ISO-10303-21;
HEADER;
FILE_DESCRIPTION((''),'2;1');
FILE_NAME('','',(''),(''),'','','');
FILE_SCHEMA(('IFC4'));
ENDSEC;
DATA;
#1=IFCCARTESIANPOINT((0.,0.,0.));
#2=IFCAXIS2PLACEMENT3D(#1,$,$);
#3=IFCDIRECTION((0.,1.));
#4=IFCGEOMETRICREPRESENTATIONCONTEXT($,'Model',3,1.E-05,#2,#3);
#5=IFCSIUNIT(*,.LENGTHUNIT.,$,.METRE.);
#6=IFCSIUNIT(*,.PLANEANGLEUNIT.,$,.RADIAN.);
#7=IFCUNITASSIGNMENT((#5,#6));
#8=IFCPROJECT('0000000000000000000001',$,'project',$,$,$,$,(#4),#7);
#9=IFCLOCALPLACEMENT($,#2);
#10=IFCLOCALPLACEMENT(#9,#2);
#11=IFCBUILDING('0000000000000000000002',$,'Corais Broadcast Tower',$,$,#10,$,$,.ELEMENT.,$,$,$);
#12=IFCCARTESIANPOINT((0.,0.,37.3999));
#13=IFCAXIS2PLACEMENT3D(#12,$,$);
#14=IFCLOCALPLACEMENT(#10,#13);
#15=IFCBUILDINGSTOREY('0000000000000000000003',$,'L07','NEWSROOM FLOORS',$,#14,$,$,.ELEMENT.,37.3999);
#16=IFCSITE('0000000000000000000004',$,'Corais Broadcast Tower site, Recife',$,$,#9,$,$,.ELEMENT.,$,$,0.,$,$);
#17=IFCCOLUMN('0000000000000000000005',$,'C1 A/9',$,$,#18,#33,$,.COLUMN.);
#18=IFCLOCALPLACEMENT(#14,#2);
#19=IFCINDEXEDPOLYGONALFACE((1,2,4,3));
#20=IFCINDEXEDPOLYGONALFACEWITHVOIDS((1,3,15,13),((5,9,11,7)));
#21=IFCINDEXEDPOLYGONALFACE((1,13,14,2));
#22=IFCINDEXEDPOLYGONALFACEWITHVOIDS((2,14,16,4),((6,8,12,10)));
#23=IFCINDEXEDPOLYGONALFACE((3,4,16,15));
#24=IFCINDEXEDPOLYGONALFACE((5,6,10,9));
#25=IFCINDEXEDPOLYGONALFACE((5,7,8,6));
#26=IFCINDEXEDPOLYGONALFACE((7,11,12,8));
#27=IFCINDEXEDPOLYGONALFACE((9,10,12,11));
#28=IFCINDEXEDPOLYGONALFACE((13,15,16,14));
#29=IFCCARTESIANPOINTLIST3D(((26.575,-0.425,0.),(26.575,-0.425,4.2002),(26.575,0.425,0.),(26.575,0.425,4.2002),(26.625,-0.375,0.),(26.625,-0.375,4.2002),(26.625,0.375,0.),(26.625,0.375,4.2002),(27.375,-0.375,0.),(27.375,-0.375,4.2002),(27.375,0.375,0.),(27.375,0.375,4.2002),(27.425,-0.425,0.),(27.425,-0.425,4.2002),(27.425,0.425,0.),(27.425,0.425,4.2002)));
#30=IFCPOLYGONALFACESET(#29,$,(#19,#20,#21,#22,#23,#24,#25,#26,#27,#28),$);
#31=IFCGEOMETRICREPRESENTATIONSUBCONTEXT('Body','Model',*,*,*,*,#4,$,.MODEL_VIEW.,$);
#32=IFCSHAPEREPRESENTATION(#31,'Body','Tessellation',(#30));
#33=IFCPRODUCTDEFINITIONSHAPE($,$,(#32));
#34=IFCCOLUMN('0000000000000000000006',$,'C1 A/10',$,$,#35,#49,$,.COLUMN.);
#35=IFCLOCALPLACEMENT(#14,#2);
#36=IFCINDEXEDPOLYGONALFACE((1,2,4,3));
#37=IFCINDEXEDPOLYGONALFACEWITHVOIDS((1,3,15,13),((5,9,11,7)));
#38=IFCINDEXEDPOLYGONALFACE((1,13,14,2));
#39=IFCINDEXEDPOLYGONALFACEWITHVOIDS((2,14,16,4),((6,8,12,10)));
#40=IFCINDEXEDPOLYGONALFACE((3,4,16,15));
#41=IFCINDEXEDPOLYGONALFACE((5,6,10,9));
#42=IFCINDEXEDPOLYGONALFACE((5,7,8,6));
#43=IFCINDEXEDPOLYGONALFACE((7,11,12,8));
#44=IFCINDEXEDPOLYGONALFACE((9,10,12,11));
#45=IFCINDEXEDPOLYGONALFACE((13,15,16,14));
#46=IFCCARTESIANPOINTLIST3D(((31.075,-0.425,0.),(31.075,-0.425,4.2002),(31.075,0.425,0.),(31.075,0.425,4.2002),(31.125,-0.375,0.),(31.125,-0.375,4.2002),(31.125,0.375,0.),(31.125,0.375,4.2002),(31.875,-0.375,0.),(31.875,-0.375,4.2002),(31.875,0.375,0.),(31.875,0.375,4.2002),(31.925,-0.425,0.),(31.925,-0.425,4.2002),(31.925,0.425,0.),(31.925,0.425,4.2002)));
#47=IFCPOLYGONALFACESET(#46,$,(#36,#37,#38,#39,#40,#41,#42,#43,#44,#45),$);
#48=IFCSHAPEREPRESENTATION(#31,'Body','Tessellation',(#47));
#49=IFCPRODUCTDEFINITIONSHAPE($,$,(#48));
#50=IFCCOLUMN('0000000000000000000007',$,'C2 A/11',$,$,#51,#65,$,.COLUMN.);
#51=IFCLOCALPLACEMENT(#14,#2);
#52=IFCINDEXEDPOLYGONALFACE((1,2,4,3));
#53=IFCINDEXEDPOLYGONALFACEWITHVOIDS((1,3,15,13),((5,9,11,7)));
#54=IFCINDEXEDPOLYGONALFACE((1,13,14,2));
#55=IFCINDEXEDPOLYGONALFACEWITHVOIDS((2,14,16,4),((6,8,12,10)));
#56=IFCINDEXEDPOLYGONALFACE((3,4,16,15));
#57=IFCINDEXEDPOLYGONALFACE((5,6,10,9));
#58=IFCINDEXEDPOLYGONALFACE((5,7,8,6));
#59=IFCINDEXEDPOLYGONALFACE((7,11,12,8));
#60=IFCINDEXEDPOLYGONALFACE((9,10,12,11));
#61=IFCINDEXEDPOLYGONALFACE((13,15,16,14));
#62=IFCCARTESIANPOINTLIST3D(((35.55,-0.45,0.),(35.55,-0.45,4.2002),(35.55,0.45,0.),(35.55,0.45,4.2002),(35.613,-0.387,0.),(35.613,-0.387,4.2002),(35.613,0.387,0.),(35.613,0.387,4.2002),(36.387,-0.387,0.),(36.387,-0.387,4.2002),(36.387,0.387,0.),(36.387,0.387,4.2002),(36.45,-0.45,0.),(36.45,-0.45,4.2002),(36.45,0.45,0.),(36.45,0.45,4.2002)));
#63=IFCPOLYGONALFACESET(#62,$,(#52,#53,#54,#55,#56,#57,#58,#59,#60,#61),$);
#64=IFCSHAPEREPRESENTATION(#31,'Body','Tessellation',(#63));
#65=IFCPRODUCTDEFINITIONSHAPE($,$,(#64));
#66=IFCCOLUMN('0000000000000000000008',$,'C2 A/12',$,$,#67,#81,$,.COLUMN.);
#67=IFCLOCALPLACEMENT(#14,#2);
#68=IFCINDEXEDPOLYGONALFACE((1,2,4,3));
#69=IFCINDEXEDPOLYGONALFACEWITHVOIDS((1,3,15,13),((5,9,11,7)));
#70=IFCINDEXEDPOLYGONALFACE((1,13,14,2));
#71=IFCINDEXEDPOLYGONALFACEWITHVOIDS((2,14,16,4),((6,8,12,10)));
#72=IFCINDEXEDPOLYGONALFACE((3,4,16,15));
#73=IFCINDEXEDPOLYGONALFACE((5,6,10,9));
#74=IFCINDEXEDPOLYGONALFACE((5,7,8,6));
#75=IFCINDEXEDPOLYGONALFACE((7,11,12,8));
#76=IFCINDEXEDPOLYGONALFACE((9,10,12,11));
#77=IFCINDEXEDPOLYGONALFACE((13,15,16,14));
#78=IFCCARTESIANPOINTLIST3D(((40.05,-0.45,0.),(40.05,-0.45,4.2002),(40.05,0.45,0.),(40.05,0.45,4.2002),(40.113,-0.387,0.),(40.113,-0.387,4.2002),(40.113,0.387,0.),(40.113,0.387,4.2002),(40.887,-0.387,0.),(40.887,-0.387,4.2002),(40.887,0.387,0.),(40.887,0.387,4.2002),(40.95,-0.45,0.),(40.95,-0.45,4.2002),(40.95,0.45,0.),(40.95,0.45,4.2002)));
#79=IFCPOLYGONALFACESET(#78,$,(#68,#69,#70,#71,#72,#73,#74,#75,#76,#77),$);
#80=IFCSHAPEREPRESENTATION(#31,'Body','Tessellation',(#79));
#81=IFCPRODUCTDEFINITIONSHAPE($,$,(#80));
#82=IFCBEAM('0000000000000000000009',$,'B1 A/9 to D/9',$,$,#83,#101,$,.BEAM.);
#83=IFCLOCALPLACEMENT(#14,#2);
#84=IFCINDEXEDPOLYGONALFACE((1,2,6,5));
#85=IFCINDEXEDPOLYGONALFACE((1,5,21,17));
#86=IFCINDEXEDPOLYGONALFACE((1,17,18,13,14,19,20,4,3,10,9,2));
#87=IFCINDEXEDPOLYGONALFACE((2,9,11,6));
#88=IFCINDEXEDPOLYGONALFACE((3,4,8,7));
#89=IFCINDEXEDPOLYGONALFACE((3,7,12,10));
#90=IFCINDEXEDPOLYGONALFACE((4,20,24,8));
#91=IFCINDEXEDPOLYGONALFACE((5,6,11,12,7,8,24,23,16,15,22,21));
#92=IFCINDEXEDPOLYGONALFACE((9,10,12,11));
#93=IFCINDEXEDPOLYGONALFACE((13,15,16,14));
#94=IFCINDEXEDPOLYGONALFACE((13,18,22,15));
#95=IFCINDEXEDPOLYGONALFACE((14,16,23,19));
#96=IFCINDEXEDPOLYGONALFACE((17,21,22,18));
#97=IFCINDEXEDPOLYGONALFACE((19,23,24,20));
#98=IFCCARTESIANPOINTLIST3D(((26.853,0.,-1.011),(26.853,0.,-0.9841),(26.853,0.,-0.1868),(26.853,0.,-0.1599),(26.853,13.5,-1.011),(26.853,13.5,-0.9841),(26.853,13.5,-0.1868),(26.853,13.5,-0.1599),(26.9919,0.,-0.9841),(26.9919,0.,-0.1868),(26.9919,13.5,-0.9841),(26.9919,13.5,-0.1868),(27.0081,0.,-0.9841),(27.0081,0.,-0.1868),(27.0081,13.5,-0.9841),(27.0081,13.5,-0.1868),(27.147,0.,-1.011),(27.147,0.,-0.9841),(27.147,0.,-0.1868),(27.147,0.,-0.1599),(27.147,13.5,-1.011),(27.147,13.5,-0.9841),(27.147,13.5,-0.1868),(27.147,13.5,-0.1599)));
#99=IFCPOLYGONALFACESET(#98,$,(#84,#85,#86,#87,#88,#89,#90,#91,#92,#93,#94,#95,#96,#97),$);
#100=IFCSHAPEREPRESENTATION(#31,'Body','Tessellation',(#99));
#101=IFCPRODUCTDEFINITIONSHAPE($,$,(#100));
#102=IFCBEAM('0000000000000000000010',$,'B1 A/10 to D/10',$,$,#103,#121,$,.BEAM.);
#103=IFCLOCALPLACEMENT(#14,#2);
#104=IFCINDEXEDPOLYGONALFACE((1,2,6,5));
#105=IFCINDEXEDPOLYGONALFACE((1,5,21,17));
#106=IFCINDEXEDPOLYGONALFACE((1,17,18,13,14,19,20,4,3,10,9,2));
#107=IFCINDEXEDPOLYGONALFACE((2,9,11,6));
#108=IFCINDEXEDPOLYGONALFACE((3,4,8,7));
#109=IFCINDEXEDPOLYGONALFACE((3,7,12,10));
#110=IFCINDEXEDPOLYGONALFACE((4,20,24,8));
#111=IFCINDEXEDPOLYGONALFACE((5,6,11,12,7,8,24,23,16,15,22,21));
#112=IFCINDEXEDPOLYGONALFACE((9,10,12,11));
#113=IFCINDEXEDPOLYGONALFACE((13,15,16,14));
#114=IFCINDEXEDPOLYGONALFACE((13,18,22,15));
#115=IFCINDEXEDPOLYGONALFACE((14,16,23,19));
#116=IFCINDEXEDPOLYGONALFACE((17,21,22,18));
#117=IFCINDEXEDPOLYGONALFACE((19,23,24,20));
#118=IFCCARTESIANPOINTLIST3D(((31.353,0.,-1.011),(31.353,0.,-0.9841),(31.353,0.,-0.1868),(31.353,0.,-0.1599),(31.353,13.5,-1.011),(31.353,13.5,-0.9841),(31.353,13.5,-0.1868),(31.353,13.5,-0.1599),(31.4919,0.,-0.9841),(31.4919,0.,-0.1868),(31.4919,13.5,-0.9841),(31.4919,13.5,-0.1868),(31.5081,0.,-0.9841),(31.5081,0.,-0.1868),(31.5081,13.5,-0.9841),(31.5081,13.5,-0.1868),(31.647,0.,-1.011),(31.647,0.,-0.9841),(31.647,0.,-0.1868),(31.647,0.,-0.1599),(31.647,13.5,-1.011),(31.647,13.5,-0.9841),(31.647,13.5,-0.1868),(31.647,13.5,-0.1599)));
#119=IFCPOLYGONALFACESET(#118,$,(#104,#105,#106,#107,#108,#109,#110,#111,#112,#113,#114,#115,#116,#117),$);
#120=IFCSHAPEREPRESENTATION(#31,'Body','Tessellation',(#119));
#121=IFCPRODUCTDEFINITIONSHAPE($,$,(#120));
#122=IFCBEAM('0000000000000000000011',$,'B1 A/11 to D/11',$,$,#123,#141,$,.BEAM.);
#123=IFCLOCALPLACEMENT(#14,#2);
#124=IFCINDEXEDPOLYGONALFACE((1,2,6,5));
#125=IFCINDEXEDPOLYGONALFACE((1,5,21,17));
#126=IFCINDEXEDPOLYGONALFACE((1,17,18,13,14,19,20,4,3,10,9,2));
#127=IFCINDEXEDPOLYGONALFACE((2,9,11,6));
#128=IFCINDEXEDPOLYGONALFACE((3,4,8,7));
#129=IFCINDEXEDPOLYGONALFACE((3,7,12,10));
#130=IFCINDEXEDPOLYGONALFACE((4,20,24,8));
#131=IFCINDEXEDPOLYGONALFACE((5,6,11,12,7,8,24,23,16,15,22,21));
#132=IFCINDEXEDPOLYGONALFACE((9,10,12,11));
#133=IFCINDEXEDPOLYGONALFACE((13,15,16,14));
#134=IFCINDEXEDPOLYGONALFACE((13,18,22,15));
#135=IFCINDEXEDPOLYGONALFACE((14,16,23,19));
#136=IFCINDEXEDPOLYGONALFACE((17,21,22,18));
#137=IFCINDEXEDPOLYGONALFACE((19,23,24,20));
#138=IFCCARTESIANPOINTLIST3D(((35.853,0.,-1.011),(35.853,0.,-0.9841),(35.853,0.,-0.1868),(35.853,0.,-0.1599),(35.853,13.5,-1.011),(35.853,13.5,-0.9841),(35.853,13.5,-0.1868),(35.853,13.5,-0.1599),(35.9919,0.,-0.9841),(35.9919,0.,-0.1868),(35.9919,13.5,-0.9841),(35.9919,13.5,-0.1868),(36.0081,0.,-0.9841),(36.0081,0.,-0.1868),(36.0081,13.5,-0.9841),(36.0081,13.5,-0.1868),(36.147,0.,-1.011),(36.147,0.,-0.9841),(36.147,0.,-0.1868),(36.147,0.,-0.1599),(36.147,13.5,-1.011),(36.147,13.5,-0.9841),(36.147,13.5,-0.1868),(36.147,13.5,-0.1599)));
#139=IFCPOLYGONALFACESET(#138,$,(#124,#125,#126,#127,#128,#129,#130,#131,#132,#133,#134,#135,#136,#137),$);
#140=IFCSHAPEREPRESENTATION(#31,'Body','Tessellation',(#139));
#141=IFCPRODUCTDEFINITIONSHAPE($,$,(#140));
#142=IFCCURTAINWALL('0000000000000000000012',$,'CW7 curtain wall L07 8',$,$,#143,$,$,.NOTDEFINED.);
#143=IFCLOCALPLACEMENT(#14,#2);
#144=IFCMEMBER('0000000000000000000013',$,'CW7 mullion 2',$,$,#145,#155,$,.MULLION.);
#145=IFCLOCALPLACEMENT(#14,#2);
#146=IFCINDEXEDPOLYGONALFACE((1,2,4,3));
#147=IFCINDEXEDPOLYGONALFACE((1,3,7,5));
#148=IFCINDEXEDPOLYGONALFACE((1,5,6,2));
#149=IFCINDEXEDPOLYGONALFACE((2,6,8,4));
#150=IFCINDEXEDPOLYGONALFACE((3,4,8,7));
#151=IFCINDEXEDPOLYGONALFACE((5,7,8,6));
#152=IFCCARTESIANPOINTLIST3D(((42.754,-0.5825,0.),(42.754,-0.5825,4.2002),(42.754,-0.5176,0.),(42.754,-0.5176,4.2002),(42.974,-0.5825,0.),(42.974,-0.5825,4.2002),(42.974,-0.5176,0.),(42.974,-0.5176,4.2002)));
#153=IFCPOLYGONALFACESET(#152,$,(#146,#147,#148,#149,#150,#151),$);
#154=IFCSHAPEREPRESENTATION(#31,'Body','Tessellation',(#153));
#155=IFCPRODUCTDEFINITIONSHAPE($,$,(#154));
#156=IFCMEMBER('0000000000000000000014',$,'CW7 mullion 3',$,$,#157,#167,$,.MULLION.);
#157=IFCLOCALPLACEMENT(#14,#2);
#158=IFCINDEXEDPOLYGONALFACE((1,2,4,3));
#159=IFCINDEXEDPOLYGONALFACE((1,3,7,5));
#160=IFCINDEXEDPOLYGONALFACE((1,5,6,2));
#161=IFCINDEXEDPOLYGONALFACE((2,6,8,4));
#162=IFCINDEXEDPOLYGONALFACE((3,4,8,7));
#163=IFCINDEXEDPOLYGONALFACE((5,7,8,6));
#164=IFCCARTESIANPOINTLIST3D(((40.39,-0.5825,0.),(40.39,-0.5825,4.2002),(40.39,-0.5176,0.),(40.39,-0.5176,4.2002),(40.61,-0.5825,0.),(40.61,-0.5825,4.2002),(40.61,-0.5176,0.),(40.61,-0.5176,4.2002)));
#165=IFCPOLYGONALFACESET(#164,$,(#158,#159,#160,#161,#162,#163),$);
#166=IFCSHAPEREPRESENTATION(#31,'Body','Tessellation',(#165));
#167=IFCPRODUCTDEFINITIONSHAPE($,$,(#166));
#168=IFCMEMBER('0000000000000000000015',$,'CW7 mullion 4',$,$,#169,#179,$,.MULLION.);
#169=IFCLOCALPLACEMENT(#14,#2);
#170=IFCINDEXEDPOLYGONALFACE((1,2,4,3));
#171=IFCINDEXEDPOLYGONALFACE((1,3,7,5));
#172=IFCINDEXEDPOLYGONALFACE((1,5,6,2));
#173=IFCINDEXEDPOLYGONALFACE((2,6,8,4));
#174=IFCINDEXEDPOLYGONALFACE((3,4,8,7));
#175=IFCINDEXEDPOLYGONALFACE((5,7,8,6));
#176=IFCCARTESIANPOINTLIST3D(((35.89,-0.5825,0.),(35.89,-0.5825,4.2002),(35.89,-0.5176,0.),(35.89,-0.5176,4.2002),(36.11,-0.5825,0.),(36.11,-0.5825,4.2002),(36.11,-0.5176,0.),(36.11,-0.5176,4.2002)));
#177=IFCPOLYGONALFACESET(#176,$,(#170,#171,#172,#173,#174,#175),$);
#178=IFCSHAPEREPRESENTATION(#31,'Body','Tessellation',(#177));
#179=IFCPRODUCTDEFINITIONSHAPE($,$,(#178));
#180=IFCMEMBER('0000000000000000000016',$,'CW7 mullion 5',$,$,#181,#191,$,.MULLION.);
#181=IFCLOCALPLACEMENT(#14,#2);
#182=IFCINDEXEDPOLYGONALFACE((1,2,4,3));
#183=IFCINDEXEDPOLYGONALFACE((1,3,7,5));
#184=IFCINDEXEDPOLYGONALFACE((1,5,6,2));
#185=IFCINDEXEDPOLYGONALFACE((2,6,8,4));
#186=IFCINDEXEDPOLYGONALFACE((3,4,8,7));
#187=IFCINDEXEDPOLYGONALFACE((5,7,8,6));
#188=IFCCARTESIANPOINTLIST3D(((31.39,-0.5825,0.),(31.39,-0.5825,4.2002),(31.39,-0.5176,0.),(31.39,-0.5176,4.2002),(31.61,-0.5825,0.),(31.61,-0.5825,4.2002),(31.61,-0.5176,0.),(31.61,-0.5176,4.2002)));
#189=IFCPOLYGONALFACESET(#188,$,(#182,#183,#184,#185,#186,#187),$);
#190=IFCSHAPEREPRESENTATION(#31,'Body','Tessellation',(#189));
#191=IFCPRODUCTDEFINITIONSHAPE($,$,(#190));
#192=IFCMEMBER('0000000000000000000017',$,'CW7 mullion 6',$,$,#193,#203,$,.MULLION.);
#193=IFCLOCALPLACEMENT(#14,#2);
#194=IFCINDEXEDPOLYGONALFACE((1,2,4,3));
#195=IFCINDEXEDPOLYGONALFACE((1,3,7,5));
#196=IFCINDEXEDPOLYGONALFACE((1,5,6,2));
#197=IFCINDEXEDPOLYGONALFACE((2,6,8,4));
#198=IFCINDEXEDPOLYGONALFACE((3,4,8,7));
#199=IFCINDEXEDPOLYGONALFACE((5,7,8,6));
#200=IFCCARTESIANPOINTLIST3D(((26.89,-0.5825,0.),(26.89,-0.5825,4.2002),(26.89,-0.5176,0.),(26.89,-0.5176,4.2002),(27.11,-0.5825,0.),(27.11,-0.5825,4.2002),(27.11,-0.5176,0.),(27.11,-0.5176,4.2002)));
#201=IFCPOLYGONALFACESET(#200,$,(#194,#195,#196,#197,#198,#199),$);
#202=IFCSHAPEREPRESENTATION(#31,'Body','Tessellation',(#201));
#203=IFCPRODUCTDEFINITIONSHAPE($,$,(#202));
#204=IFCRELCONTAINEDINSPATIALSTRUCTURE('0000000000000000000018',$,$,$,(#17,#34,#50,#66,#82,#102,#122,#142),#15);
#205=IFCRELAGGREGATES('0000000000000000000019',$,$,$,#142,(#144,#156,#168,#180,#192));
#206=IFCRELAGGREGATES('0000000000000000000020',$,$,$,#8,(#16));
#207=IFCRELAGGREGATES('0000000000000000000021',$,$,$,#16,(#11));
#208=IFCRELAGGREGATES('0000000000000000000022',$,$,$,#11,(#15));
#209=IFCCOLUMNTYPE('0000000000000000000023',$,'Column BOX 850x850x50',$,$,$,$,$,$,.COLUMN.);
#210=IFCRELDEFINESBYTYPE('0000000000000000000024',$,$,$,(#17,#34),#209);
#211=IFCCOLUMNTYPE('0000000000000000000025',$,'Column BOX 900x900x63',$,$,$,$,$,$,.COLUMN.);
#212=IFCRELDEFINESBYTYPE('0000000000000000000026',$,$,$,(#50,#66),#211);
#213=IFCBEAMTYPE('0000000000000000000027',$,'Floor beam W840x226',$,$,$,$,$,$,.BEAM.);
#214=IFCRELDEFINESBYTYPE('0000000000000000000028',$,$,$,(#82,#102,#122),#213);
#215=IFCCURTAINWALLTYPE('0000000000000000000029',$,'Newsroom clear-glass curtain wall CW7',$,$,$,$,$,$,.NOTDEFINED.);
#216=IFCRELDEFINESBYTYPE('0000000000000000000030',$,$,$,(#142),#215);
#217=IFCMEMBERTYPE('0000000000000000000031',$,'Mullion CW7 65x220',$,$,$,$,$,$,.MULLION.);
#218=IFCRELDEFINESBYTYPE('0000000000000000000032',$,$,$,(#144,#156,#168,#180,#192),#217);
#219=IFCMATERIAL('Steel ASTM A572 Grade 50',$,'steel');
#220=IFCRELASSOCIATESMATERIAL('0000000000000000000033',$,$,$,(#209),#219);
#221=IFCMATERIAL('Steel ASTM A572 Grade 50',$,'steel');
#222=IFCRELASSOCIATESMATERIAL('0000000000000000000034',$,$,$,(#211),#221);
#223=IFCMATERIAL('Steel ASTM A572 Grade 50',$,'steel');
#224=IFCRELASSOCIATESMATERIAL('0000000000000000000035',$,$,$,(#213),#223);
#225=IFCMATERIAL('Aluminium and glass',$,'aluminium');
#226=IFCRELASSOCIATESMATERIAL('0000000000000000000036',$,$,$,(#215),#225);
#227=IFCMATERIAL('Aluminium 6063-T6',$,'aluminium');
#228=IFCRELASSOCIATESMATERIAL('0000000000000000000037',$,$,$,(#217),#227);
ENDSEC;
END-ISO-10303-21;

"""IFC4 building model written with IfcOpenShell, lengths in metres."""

from ifc_helpers import new_model, si_unit, direction, frame, origin, origin_2d, place, context, subcontext, project, spatial, rectangle, hollow_rectangle, i_section, extrude, material, material_profile, profile_set, type_object, element, aggregate, save


model = new_model("IFC4")

# Units and contexts
model_context = context("Model", 3, precision=1e-05, world=origin(), true_north=direction((0.0, 1.0)))
body_context = subcontext(model_context, "Body", "Model", "MODEL_VIEW")
ifc_project = project(units=[si_unit("LENGTHUNIT", "METRE"), si_unit("PLANEANGLEUNIT", "RADIAN")], contexts=[model_context])

# Site, building, storey
site_placement = place(None, origin())
site = spatial("IfcSite", under=ifc_project, at=site_placement, Name="Corais Broadcast Tower site, Recife", CompositionType="ELEMENT", RefElevation=0.0)
building_placement = place(site_placement, origin())
building = spatial("IfcBuilding", under=site, at=building_placement, Name="Corais Broadcast Tower", CompositionType="ELEMENT")
storey_placement = place(building_placement, frame((0.0, 0.0, 37.3999)))
storey = spatial("IfcBuildingStorey", under=building, at=storey_placement, Name="L07", Description="NEWSROOM FLOORS", CompositionType="ELEMENT", Elevation=37.3999)

# Columns
ifc_material_1 = material(Name="Steel ASTM A572 Grade 50", Category="steel")
ifc_material_profile_1 = material_profile(ifc_material_1, hollow_rectangle(XDim=0.8501, YDim=0.8501, WallThickness=0.05, at=origin_2d()), Name="BOX 850x850x50")
ifc_profile_set_1 = profile_set([ifc_material_profile_1], Name="Steel ASTM A572 Grade 50")
column_type_1 = type_object("IfcColumnType", Name="Column BOX 850x850x50", PredefinedType="COLUMN", material=ifc_profile_set_1)
for number, where, z_axis, x_axis, name in (
    (1, (27.0, 0.0, 0.0), (0.0, 0.0, 1.0), (1.0, 0.0, 0.0), "C1 A/9"),
    (2, (31.5, 0.0, 0.0), (0.0, 0.0, 1.0), (1.0, 0.0, 0.0), "C1 A/10"),
):
    element("IfcColumn", number, at=place(storey_placement, frame(where, z_axis=z_axis, x_axis=x_axis)), inside=storey, type_object=column_type_1, Name=name, PredefinedType="COLUMN", context=body_context, shape_type="SweptSolid", body=[
        extrude(hollow_rectangle(XDim=0.8501, YDim=0.8501, WallThickness=0.05, at=origin_2d()), origin(), (0.0, 0.0, 1.0), 4.2002),
    ])
ifc_material_2 = material(Name="Steel ASTM A572 Grade 50", Category="steel")
ifc_material_profile_2 = material_profile(ifc_material_2, hollow_rectangle(XDim=0.8999, YDim=0.8999, WallThickness=0.063, at=origin_2d()), Name="BOX 900x900x63")
ifc_profile_set_2 = profile_set([ifc_material_profile_2], Name="Steel ASTM A572 Grade 50")
column_type_2 = type_object("IfcColumnType", Name="Column BOX 900x900x63", PredefinedType="COLUMN", material=ifc_profile_set_2)
for number, where, z_axis, x_axis, name in (
    (3, (36.0, 0.0, 0.0), (0.0, 0.0, 1.0), (1.0, 0.0, 0.0), "C2 A/11"),
    (4, (40.5, 0.0, 0.0), (0.0, 0.0, 1.0), (1.0, 0.0, 0.0), "C2 A/12"),
):
    element("IfcColumn", number, at=place(storey_placement, frame(where, z_axis=z_axis, x_axis=x_axis)), inside=storey, type_object=column_type_2, Name=name, PredefinedType="COLUMN", context=body_context, shape_type="SweptSolid", body=[
        extrude(hollow_rectangle(XDim=0.8999, YDim=0.8999, WallThickness=0.063, at=origin_2d()), origin(), (0.0, 0.0, 1.0), 4.2002),
    ])

# Beams
ifc_material_3 = material(Name="Steel ASTM A572 Grade 50", Category="steel")
ifc_material_profile_3 = material_profile(ifc_material_3, i_section(OverallWidth=0.2939, OverallDepth=0.8511, WebThickness=0.0161, FlangeThickness=0.0269, at=origin_2d()), Name="W840x226")
ifc_profile_set_3 = profile_set([ifc_material_profile_3], Name="Steel ASTM A572 Grade 50")
beam_type_1 = type_object("IfcBeamType", Name="Floor beam W840x226", PredefinedType="BEAM", material=ifc_profile_set_3)
for number, where, z_axis, x_axis, name in (
    (5, (27.0, 0.0, -0.5854), (0.0, 1.0, 0.0), (-1.0, 0.0, 0.0), "B1 A/9 to D/9"),
    (6, (31.5, 0.0, -0.5854), (0.0, 1.0, 0.0), (-1.0, 0.0, 0.0), "B1 A/10 to D/10"),
    (7, (36.0, 0.0, -0.5854), (0.0, 1.0, 0.0), (-1.0, 0.0, 0.0), "B1 A/11 to D/11"),
):
    element("IfcBeam", number, at=place(storey_placement, frame(where, z_axis=z_axis, x_axis=x_axis)), inside=storey, type_object=beam_type_1, Name=name, PredefinedType="BEAM", context=body_context, shape_type="SweptSolid", body=[
        extrude(i_section(OverallWidth=0.2939, OverallDepth=0.8511, WebThickness=0.0161, FlangeThickness=0.0269, at=origin_2d()), origin(), (0.0, 0.0, 1.0), 13.5),
    ])

# Curtain wall, members
ifc_material_4 = material(Name="Aluminium and glass", Category="aluminium")
curtain_wall_type = type_object("IfcCurtainWallType", Name="Newsroom clear-glass curtain wall CW7", PredefinedType="NOTDEFINED", material=ifc_material_4)
curtain_wall_placement = place(storey_placement, origin())
curtain_wall = element("IfcCurtainWall", 8, at=curtain_wall_placement, inside=storey, type_object=curtain_wall_type, Name="CW7 curtain wall L07 8", PredefinedType="NOTDEFINED")
ifc_material_5 = material(Name="Aluminium 6063-T6", Category="aluminium")
ifc_material_profile_4 = material_profile(ifc_material_5, rectangle(XDim=0.0649, YDim=0.22, at=origin_2d()), Name="Mullion CW7 65x220")
ifc_profile_set_4 = profile_set([ifc_material_profile_4], Name="Aluminium 6063-T6")
member_type_1 = type_object("IfcMemberType", Name="Mullion CW7 65x220", PredefinedType="MULLION", material=ifc_profile_set_4)
member_1_placement = place(storey_placement, frame((42.864, -0.55, 0.0), z_axis=(0.0, 0.0, 1.0), x_axis=(0.0, -1.0, 0.0)))
member_1 = element("IfcMember", 9, at=member_1_placement, type_object=member_type_1, Name="CW7 mullion 2", PredefinedType="MULLION", context=body_context, shape_type="SweptSolid", body=[
    extrude(rectangle(XDim=0.0649, YDim=0.22, at=origin_2d()), origin(), (0.0, 0.0, 1.0), 4.2002),
])
member_2_placement = place(storey_placement, frame((40.5, -0.55, 0.0), z_axis=(0.0, 0.0, 1.0), x_axis=(0.0, -1.0, 0.0)))
member_2 = element("IfcMember", 10, at=member_2_placement, type_object=member_type_1, Name="CW7 mullion 3", PredefinedType="MULLION", context=body_context, shape_type="SweptSolid", body=[
    extrude(rectangle(XDim=0.0649, YDim=0.22, at=origin_2d()), origin(), (0.0, 0.0, 1.0), 4.2002),
])
member_3_placement = place(storey_placement, frame((36.0, -0.55, 0.0), z_axis=(0.0, 0.0, 1.0), x_axis=(0.0, -1.0, 0.0)))
member_3 = element("IfcMember", 11, at=member_3_placement, type_object=member_type_1, Name="CW7 mullion 4", PredefinedType="MULLION", context=body_context, shape_type="SweptSolid", body=[
    extrude(rectangle(XDim=0.0649, YDim=0.22, at=origin_2d()), origin(), (0.0, 0.0, 1.0), 4.2002),
])
member_4_placement = place(storey_placement, frame((31.5, -0.55, 0.0), z_axis=(0.0, 0.0, 1.0), x_axis=(0.0, -1.0, 0.0)))
member_4 = element("IfcMember", 12, at=member_4_placement, type_object=member_type_1, Name="CW7 mullion 5", PredefinedType="MULLION", context=body_context, shape_type="SweptSolid", body=[
    extrude(rectangle(XDim=0.0649, YDim=0.22, at=origin_2d()), origin(), (0.0, 0.0, 1.0), 4.2002),
])
member_5_placement = place(storey_placement, frame((27.0, -0.55, 0.0), z_axis=(0.0, 0.0, 1.0), x_axis=(0.0, -1.0, 0.0)))
member_5 = element("IfcMember", 13, at=member_5_placement, type_object=member_type_1, Name="CW7 mullion 6", PredefinedType="MULLION", context=body_context, shape_type="SweptSolid", body=[
    extrude(rectangle(XDim=0.0649, YDim=0.22, at=origin_2d()), origin(), (0.0, 0.0, 1.0), 4.2002),
])

aggregate(curtain_wall, [member_1, member_2, member_3, member_4, member_5])

save(model, "model.ifc")
